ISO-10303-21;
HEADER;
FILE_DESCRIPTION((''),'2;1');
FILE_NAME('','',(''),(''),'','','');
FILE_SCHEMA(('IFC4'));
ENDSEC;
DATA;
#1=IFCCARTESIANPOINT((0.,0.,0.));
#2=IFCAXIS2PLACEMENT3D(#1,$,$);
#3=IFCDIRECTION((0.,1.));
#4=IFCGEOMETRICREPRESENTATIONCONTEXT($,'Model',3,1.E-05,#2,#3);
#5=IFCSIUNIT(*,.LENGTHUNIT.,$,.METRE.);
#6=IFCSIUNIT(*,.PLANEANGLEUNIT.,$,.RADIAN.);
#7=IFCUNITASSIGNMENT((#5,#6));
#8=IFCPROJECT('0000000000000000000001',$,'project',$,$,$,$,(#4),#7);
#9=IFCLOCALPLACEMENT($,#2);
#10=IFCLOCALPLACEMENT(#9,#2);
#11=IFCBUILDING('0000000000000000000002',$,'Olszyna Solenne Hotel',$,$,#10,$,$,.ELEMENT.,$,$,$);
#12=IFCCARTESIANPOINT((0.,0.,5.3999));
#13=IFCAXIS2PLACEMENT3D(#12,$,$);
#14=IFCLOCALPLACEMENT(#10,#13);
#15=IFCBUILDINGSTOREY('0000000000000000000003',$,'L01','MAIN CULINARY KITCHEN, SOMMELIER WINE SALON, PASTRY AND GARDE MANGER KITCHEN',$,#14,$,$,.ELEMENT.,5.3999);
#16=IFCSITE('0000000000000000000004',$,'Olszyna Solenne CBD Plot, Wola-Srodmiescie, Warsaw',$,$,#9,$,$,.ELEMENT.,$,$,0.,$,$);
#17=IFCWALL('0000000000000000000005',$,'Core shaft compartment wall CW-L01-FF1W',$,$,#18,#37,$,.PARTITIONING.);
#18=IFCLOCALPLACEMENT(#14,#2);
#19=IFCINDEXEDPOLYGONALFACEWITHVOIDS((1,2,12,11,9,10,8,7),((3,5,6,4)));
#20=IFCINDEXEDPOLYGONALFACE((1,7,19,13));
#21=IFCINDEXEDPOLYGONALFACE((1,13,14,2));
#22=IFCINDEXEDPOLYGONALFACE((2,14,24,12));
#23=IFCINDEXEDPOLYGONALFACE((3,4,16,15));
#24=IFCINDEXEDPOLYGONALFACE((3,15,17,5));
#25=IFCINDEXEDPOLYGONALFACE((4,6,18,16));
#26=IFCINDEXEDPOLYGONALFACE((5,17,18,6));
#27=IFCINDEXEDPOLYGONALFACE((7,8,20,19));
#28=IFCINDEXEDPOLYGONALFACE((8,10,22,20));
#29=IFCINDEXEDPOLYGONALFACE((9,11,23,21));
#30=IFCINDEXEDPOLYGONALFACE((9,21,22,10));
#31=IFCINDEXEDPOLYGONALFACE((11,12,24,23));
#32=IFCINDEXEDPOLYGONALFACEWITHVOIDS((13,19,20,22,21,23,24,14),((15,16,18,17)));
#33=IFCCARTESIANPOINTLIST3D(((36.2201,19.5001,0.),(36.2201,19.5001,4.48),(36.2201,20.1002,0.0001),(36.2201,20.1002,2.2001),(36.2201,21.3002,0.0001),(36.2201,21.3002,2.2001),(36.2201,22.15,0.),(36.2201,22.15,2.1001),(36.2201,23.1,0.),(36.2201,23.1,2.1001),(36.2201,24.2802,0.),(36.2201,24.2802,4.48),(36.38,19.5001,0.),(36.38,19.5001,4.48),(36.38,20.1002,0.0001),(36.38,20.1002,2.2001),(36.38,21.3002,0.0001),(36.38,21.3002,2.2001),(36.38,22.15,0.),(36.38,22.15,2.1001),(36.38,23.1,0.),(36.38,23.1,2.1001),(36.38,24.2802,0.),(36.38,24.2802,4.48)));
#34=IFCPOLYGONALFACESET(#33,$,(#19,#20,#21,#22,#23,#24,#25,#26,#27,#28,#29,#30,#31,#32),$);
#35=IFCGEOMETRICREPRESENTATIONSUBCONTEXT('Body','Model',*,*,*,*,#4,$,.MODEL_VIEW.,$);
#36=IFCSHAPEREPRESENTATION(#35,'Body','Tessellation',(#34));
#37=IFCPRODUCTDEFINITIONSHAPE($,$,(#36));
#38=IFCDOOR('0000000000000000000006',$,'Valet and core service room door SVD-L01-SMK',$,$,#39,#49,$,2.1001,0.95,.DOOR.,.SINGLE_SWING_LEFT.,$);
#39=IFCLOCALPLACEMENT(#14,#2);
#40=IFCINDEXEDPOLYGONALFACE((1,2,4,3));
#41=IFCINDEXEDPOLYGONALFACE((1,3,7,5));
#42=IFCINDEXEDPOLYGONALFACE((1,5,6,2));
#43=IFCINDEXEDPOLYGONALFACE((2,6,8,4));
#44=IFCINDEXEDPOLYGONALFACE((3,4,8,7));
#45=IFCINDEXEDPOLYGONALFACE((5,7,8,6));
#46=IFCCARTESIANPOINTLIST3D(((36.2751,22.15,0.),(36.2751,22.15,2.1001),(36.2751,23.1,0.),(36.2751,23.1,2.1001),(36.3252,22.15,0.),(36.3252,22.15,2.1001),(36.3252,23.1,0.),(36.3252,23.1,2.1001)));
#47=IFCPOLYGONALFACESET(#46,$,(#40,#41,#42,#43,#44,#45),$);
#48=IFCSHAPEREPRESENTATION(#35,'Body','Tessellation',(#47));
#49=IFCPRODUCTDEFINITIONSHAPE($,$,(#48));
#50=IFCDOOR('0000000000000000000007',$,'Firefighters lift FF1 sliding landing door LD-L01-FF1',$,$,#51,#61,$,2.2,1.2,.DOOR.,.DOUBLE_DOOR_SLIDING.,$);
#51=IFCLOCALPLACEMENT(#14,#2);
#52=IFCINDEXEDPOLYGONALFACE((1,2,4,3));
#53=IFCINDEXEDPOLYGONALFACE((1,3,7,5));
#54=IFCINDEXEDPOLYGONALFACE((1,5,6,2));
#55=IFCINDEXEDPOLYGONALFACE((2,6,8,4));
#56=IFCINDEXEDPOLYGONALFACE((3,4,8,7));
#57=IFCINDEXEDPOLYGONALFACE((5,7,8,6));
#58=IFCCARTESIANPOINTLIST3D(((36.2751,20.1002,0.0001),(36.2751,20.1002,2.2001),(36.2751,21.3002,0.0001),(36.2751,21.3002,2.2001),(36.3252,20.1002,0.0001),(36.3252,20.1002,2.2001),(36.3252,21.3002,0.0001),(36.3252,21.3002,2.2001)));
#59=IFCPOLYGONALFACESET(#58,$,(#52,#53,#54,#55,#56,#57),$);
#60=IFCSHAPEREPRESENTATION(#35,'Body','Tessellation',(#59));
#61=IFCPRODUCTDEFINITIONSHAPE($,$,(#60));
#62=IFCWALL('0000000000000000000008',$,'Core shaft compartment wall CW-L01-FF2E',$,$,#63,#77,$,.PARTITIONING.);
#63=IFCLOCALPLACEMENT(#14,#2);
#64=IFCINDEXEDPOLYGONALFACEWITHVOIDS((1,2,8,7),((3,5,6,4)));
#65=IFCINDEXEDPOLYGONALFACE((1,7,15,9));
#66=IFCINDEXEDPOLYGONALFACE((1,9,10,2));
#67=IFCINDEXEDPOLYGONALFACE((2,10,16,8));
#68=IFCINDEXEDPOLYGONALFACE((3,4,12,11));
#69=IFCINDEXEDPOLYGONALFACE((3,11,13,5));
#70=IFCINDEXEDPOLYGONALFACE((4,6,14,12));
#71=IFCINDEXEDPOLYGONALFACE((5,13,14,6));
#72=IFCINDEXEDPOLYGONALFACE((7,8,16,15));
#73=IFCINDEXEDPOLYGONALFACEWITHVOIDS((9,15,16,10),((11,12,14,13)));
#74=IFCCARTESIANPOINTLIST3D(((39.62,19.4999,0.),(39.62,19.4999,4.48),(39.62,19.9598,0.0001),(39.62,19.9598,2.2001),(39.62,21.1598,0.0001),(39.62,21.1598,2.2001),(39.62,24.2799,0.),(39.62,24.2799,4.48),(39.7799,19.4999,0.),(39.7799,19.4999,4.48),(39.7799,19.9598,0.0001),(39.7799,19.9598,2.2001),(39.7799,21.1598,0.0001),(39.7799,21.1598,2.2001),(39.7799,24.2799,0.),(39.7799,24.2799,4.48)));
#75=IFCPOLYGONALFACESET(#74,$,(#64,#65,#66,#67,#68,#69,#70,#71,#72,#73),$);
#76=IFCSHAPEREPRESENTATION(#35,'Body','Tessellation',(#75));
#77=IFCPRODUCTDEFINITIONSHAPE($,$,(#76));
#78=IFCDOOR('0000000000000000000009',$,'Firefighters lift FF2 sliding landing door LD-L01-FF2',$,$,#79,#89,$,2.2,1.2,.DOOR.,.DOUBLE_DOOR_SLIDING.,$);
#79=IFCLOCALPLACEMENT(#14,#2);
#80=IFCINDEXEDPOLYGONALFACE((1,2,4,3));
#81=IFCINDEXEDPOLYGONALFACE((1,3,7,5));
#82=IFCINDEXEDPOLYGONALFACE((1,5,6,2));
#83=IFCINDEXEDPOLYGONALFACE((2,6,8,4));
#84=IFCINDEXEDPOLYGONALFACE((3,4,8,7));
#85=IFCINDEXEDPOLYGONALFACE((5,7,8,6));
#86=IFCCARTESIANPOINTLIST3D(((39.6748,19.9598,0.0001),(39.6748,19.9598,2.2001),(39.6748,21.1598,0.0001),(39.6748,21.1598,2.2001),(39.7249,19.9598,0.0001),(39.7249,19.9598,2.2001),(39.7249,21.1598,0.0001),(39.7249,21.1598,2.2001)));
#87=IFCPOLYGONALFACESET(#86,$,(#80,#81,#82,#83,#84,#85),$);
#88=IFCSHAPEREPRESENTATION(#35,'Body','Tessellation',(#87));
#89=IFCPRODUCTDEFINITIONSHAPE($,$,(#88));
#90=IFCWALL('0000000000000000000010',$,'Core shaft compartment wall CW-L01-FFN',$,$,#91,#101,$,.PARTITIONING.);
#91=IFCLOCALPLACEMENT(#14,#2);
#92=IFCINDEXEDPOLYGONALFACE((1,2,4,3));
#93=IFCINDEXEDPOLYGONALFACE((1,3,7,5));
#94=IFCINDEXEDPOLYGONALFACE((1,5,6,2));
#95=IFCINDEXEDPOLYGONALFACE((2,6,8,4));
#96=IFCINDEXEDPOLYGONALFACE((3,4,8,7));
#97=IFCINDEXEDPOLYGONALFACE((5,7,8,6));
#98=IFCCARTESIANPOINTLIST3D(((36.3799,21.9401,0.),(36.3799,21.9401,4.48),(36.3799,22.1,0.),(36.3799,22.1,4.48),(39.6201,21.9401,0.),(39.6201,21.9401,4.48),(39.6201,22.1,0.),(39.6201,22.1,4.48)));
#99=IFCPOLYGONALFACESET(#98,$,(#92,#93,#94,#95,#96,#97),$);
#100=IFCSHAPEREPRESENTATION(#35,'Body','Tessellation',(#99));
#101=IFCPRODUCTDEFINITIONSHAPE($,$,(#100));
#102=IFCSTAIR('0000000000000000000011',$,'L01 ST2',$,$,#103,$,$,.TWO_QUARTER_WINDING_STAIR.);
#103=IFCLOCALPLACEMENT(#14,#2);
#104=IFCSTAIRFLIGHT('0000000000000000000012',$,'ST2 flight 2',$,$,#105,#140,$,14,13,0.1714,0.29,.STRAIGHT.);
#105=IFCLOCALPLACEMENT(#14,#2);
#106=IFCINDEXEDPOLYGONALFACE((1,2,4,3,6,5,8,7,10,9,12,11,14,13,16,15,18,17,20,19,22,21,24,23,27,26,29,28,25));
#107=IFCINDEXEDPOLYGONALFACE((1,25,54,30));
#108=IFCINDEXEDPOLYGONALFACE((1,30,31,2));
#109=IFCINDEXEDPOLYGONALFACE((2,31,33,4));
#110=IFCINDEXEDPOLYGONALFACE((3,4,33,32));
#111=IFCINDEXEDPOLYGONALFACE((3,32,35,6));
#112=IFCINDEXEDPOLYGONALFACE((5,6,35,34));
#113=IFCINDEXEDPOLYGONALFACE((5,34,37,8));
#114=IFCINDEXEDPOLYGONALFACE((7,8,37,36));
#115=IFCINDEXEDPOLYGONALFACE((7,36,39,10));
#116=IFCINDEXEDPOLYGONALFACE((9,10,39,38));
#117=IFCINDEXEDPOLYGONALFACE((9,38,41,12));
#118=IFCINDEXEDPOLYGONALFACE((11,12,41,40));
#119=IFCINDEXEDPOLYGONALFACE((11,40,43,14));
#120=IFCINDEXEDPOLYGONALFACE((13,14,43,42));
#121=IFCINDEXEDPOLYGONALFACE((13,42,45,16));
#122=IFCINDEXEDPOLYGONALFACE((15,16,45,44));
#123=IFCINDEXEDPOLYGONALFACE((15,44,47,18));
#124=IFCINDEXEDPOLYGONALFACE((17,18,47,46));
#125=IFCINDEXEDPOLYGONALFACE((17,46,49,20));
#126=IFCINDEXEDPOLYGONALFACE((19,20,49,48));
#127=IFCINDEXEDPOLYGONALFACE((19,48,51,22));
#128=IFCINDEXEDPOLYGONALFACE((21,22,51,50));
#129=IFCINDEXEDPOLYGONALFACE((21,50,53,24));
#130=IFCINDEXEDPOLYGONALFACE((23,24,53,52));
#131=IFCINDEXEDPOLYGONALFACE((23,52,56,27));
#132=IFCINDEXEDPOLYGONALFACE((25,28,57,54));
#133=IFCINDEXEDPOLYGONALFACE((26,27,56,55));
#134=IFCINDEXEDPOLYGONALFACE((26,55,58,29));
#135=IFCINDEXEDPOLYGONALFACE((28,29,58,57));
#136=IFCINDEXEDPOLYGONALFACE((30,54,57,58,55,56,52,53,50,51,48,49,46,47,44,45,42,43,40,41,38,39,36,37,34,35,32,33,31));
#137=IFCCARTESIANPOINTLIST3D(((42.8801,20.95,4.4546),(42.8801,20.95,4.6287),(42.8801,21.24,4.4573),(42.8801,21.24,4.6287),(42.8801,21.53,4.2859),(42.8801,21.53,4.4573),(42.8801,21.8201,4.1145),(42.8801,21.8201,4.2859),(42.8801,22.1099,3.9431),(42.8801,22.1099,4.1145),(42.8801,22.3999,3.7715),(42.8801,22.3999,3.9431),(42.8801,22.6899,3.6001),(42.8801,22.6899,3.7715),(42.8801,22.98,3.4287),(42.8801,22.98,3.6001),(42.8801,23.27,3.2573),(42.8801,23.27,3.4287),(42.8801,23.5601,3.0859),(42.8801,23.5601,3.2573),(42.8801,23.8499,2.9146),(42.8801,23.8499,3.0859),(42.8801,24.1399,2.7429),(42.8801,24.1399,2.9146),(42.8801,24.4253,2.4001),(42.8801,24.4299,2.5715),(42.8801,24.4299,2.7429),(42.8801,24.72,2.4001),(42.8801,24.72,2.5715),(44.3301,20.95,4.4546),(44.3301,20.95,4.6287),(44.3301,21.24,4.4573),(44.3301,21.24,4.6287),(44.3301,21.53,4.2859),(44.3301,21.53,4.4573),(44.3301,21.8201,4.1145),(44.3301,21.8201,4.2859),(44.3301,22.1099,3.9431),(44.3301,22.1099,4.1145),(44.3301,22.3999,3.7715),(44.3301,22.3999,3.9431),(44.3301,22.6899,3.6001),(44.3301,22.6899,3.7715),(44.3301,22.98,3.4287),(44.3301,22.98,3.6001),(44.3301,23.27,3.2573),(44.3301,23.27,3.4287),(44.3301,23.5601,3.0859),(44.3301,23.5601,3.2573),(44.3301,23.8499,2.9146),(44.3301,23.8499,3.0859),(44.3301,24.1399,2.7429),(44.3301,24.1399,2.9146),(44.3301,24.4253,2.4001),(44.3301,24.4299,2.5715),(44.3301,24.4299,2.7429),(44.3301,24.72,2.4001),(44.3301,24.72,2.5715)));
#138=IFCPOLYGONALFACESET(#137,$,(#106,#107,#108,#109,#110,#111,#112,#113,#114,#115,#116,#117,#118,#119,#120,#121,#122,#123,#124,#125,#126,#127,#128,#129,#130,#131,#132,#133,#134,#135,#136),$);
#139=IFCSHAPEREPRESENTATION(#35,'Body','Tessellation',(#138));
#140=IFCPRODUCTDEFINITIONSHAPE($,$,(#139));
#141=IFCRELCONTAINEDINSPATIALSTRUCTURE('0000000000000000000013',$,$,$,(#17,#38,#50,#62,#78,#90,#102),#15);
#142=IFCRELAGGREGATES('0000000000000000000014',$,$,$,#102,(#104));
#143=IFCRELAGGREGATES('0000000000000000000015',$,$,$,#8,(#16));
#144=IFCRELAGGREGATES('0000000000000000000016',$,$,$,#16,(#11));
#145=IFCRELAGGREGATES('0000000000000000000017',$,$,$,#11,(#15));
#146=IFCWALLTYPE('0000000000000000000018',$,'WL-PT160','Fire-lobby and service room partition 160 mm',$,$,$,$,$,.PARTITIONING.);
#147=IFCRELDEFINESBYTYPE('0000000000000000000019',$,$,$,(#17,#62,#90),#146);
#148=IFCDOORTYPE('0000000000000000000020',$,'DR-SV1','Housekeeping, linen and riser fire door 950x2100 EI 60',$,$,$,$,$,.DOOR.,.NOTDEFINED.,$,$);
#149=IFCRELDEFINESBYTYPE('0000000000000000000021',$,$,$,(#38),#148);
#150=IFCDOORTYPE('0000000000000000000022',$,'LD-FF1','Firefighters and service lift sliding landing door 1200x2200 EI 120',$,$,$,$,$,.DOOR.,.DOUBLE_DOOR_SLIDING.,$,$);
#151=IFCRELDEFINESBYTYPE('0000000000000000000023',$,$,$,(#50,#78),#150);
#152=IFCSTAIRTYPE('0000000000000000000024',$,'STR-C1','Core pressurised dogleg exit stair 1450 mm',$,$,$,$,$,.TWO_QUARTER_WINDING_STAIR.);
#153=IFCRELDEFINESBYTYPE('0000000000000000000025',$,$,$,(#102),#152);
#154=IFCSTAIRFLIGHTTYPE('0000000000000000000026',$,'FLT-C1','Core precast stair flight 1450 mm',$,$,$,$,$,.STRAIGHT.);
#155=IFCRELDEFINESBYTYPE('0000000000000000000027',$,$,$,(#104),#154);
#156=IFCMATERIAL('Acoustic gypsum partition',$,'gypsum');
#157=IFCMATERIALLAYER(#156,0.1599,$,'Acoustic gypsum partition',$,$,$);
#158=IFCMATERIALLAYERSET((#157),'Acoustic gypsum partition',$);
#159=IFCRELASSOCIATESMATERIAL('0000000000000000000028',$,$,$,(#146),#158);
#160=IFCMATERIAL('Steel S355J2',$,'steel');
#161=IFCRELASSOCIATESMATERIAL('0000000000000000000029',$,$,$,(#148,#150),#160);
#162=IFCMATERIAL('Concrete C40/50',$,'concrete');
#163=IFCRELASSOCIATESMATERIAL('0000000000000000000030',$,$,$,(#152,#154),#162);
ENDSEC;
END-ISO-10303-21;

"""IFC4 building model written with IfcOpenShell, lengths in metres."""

from ifc_helpers import new_model, si_unit, direction, frame, frame_2d, origin, place, context, subcontext, project, spatial, polyline, rectangle, outline, extrude, source, transform, mapped, material, layer, layer_set, type_object, type_shapes, element, fill, aggregate, save


model = new_model("IFC4")

# Units and contexts
model_context = context("Model", 3, precision=1e-05, world=origin(), true_north=direction((0.0, 1.0)))
body_context = subcontext(model_context, "Body", "Model", "MODEL_VIEW")
ifc_project = project(units=[si_unit("LENGTHUNIT", "METRE"), si_unit("PLANEANGLEUNIT", "RADIAN")], contexts=[model_context])

# Site, building, storey
site_placement = place(None, origin())
site = spatial("IfcSite", under=ifc_project, at=site_placement, Name="Olszyna Solenne CBD Plot, Wola-Srodmiescie, Warsaw", CompositionType="ELEMENT", RefElevation=0.0)
building_placement = place(site_placement, origin())
building = spatial("IfcBuilding", under=site, at=building_placement, Name="Olszyna Solenne Hotel", CompositionType="ELEMENT")
storey_placement = place(building_placement, frame((0.0, 0.0, 5.3999)))
storey = spatial("IfcBuildingStorey", under=building, at=storey_placement, Name="L01", Description="MAIN CULINARY KITCHEN, SOMMELIER WINE SALON, PASTRY AND GARDE MANGER KITCHEN", CompositionType="ELEMENT", Elevation=5.3999)

# Shared definitions
ifc_material_1 = material(Name="Steel S355J2", Category="steel")

# Shared definitions
ifc_material_2 = material(Name="Acoustic gypsum partition", Category="gypsum")

# Wall, openings, doors
ifc_layer_1 = layer(ifc_material_2, 0.1599, Name="Acoustic gypsum partition")
ifc_layer_set_1 = layer_set([ifc_layer_1], Name="Acoustic gypsum partition")
wall_type_1 = type_object("IfcWallType", Name="WL-PT160", Description="Fire-lobby and service room partition 160 mm", PredefinedType="PARTITIONING", material=ifc_layer_set_1)
wall_1_placement = place(storey_placement, frame((36.3, 19.5, 0.0), z_axis=(0.0, 0.0, 1.0), x_axis=(0.0, 1.0, 0.0)))
wall_1 = element("IfcWall", 1, at=wall_1_placement, inside=storey, type_object=wall_type_1, Name="Core shaft compartment wall CW-L01-FF1W", PredefinedType="PARTITIONING", context=body_context, shape_type="SweptSolid", body=[
    extrude(rectangle(XDim=4.78, YDim=0.1599, at=frame_2d((2.3901, 0.0))), origin(), (0.0, 0.0, 1.0), 4.48),
])
opening_1_placement = place(wall_1_placement, frame((0.6001, 0.0, 0.0)))
opening_1 = element("IfcOpeningElement", 2, at=opening_1_placement, cuts=wall_1, PredefinedType="OPENING", context=body_context, shape_type="SweptSolid", body=[
    extrude(rectangle(XDim=1.2, YDim=2.2, at=frame_2d((0.6001, 1.1001))), frame((0.0, 0.0898, 0.0), z_axis=(0.0, -1.0, 0.0), x_axis=(1.0, 0.0, 0.0)), (0.0, 0.0, 1.0), 0.1799),
])
opening_2_placement = place(wall_1_placement, frame((2.6499, 0.0, 0.0)))
opening_2 = element("IfcOpeningElement", 3, at=opening_2_placement, cuts=wall_1, PredefinedType="OPENING", context=body_context, shape_type="SweptSolid", body=[
    extrude(rectangle(XDim=0.95, YDim=2.1001, at=frame_2d((0.4751, 1.05))), frame((0.0, 0.0898, 0.0), z_axis=(0.0, -1.0, 0.0), x_axis=(1.0, 0.0, 0.0)), (0.0, 0.0, 1.0), 0.1799),
])
door_type_1 = type_object("IfcDoorType", Name="DR-SV1", Description="Housekeeping, linen and riser fire door 950x2100 EI 60", OperationType="NOTDEFINED", PredefinedType="DOOR", material=ifc_material_1)
shared_shape_1 = source(origin(), body_context, "Body", "SweptSolid", [
    extrude(rectangle(XDim=0.95, YDim=2.1001, at=frame_2d((0.4751, 1.05))), frame((0.0, 0.0249, 0.0), z_axis=(0.0, -1.0, 0.0), x_axis=(1.0, 0.0, 0.0)), (0.0, 0.0, 1.0), 0.05),
])
type_shapes(door_type_1, [shared_shape_1])
door_1_placement = place(opening_2_placement, origin())
door_1 = element("IfcDoor", 4, at=door_1_placement, inside=storey, type_object=door_type_1, Name="Valet and core service room door SVD-L01-SMK", OperationType="SINGLE_SWING_LEFT", OverallHeight=2.1001, OverallWidth=0.95, PredefinedType="DOOR", context=body_context, shape_type="MappedRepresentation", body=[
    mapped(shared_shape_1, transform((0.0, 0.0, 0.0), x_axis=(1.0, 0.0, 0.0), y_axis=(0.0, 1.0, 0.0), z_axis=(0.0, 0.0, 1.0), scale=1.0)),
])
fill(opening_2, door_1)
door_type_2 = type_object("IfcDoorType", Name="LD-FF1", Description="Firefighters and service lift sliding landing door 1200x2200 EI 120", OperationType="DOUBLE_DOOR_SLIDING", PredefinedType="DOOR", material=ifc_material_1)
shared_shape_2 = source(origin(), body_context, "Body", "SweptSolid", [
    extrude(rectangle(XDim=1.2, YDim=2.2, at=frame_2d((0.6001, 1.1001))), frame((0.0, 0.0249, 0.0), z_axis=(0.0, -1.0, 0.0), x_axis=(1.0, 0.0, 0.0)), (0.0, 0.0, 1.0), 0.05),
])
type_shapes(door_type_2, [shared_shape_2])
door_2_placement = place(opening_1_placement, origin())
door_2 = element("IfcDoor", 5, at=door_2_placement, inside=storey, type_object=door_type_2, Name="Firefighters lift FF1 sliding landing door LD-L01-FF1", OperationType="DOUBLE_DOOR_SLIDING", OverallHeight=2.2, OverallWidth=1.2, PredefinedType="DOOR", context=body_context, shape_type="MappedRepresentation", body=[
    mapped(shared_shape_2, transform((0.0, 0.0, 0.0), x_axis=(1.0, 0.0, 0.0), y_axis=(0.0, 1.0, 0.0), z_axis=(0.0, 0.0, 1.0), scale=1.0)),
])
fill(opening_1, door_2)

# Wall, opening, door
wall_2_placement = place(storey_placement, frame((39.7, 24.28, 0.0), z_axis=(0.0, 0.0, 1.0), x_axis=(0.0, -1.0, 0.0)))
wall_2 = element("IfcWall", 6, at=wall_2_placement, inside=storey, type_object=wall_type_1, Name="Core shaft compartment wall CW-L01-FF2E", PredefinedType="PARTITIONING", context=body_context, shape_type="SweptSolid", body=[
    extrude(rectangle(XDim=4.78, YDim=0.1599, at=frame_2d((2.3901, 0.0))), origin(), (0.0, 0.0, 1.0), 4.48),
])
opening_3_placement = place(wall_2_placement, frame((3.1201, 0.0, 0.0)))
opening_3 = element("IfcOpeningElement", 7, at=opening_3_placement, cuts=wall_2, PredefinedType="OPENING", context=body_context, shape_type="SweptSolid", body=[
    extrude(rectangle(XDim=1.2, YDim=2.2, at=frame_2d((0.6001, 1.1001))), frame((0.0, 0.0898, 0.0), z_axis=(0.0, -1.0, 0.0), x_axis=(1.0, 0.0, 0.0)), (0.0, 0.0, 1.0), 0.1799),
])
door_3_placement = place(opening_3_placement, origin())
door_3 = element("IfcDoor", 8, at=door_3_placement, inside=storey, type_object=door_type_2, Name="Firefighters lift FF2 sliding landing door LD-L01-FF2", OperationType="DOUBLE_DOOR_SLIDING", OverallHeight=2.2, OverallWidth=1.2, PredefinedType="DOOR", context=body_context, shape_type="MappedRepresentation", body=[
    mapped(shared_shape_2, transform((0.0, 0.0, 0.0), x_axis=(1.0, 0.0, 0.0), y_axis=(0.0, 1.0, 0.0), z_axis=(0.0, 0.0, 1.0), scale=1.0)),
])
fill(opening_3, door_3)

# Wall
wall_3_placement = place(storey_placement, frame((36.3799, 22.02, 0.0), z_axis=(0.0, 0.0, 1.0), x_axis=(1.0, 0.0, 0.0)))
element("IfcWall", 9, at=wall_3_placement, inside=storey, type_object=wall_type_1, Name="Core shaft compartment wall CW-L01-FFN", PredefinedType="PARTITIONING", context=body_context, shape_type="SweptSolid", body=[
    extrude(rectangle(XDim=3.2402, YDim=0.1599, at=frame_2d((1.6201, 0.0))), origin(), (0.0, 0.0, 1.0), 4.48),
])

# Stair, stair flight
ifc_material_3 = material(Name="Concrete C40/50", Category="concrete")
stair_type = type_object("IfcStairType", Name="STR-C1", Description="Core pressurised dogleg exit stair 1450 mm", PredefinedType="TWO_QUARTER_WINDING_STAIR", material=ifc_material_3)
stair_placement = place(storey_placement, origin())
stair = element("IfcStair", 10, at=stair_placement, inside=storey, type_object=stair_type, Name="L01 ST2", PredefinedType="TWO_QUARTER_WINDING_STAIR")
stair_flight_type = type_object("IfcStairFlightType", Name="FLT-C1", Description="Core precast stair flight 1450 mm", PredefinedType="STRAIGHT", material=ifc_material_3)
stair_flight_placement = place(storey_placement, frame((43.605, 24.72, 2.4001), z_axis=(0.0, 0.0, 1.0), x_axis=(0.0, -1.0, 0.0)))
stair_flight = element("IfcStairFlight", 11, at=stair_flight_placement, type_object=stair_flight_type, Name="ST2 flight 2", NumberOfRisers=14, NumberOfTreads=13, PredefinedType="STRAIGHT", RiserHeight=0.1714, TreadLength=0.29, context=body_context, shape_type="SweptSolid", body=[
    extrude(outline(polyline([(0.0, 0.0), (0.0, 0.1714), (0.29, 0.1714), (0.29, 0.3428), (0.5801, 0.3428), (0.5801, 0.5144), (0.8701, 0.5144), (0.8701, 0.6858), (1.1599, 0.6858), (1.1599, 0.8572), (1.45, 0.8572), (1.45, 1.0286), (1.74, 1.0286), (1.74, 1.2), (2.03, 1.2), (2.03, 1.3713), (2.3201, 1.3713), (2.3201, 1.543), (2.6101, 1.543), (2.6101, 1.7144), (2.8999, 1.7144), (2.8999, 1.8857), (3.1899, 1.8857), (3.1899, 2.0571), (3.48, 2.0571), (3.48, 2.2285), (3.77, 2.2285), (3.77, 2.3999), (3.77, 2.0544), (0.2947, 0.0), (0.0, 0.0)])), frame((0.0, 0.7251, 0.0), z_axis=(0.0, -1.0, 0.0), x_axis=(1.0, 0.0, 0.0)), (0.0, 0.0, 1.0), 1.45),
])
aggregate(stair, [stair_flight])

save(model, "model.ifc")
